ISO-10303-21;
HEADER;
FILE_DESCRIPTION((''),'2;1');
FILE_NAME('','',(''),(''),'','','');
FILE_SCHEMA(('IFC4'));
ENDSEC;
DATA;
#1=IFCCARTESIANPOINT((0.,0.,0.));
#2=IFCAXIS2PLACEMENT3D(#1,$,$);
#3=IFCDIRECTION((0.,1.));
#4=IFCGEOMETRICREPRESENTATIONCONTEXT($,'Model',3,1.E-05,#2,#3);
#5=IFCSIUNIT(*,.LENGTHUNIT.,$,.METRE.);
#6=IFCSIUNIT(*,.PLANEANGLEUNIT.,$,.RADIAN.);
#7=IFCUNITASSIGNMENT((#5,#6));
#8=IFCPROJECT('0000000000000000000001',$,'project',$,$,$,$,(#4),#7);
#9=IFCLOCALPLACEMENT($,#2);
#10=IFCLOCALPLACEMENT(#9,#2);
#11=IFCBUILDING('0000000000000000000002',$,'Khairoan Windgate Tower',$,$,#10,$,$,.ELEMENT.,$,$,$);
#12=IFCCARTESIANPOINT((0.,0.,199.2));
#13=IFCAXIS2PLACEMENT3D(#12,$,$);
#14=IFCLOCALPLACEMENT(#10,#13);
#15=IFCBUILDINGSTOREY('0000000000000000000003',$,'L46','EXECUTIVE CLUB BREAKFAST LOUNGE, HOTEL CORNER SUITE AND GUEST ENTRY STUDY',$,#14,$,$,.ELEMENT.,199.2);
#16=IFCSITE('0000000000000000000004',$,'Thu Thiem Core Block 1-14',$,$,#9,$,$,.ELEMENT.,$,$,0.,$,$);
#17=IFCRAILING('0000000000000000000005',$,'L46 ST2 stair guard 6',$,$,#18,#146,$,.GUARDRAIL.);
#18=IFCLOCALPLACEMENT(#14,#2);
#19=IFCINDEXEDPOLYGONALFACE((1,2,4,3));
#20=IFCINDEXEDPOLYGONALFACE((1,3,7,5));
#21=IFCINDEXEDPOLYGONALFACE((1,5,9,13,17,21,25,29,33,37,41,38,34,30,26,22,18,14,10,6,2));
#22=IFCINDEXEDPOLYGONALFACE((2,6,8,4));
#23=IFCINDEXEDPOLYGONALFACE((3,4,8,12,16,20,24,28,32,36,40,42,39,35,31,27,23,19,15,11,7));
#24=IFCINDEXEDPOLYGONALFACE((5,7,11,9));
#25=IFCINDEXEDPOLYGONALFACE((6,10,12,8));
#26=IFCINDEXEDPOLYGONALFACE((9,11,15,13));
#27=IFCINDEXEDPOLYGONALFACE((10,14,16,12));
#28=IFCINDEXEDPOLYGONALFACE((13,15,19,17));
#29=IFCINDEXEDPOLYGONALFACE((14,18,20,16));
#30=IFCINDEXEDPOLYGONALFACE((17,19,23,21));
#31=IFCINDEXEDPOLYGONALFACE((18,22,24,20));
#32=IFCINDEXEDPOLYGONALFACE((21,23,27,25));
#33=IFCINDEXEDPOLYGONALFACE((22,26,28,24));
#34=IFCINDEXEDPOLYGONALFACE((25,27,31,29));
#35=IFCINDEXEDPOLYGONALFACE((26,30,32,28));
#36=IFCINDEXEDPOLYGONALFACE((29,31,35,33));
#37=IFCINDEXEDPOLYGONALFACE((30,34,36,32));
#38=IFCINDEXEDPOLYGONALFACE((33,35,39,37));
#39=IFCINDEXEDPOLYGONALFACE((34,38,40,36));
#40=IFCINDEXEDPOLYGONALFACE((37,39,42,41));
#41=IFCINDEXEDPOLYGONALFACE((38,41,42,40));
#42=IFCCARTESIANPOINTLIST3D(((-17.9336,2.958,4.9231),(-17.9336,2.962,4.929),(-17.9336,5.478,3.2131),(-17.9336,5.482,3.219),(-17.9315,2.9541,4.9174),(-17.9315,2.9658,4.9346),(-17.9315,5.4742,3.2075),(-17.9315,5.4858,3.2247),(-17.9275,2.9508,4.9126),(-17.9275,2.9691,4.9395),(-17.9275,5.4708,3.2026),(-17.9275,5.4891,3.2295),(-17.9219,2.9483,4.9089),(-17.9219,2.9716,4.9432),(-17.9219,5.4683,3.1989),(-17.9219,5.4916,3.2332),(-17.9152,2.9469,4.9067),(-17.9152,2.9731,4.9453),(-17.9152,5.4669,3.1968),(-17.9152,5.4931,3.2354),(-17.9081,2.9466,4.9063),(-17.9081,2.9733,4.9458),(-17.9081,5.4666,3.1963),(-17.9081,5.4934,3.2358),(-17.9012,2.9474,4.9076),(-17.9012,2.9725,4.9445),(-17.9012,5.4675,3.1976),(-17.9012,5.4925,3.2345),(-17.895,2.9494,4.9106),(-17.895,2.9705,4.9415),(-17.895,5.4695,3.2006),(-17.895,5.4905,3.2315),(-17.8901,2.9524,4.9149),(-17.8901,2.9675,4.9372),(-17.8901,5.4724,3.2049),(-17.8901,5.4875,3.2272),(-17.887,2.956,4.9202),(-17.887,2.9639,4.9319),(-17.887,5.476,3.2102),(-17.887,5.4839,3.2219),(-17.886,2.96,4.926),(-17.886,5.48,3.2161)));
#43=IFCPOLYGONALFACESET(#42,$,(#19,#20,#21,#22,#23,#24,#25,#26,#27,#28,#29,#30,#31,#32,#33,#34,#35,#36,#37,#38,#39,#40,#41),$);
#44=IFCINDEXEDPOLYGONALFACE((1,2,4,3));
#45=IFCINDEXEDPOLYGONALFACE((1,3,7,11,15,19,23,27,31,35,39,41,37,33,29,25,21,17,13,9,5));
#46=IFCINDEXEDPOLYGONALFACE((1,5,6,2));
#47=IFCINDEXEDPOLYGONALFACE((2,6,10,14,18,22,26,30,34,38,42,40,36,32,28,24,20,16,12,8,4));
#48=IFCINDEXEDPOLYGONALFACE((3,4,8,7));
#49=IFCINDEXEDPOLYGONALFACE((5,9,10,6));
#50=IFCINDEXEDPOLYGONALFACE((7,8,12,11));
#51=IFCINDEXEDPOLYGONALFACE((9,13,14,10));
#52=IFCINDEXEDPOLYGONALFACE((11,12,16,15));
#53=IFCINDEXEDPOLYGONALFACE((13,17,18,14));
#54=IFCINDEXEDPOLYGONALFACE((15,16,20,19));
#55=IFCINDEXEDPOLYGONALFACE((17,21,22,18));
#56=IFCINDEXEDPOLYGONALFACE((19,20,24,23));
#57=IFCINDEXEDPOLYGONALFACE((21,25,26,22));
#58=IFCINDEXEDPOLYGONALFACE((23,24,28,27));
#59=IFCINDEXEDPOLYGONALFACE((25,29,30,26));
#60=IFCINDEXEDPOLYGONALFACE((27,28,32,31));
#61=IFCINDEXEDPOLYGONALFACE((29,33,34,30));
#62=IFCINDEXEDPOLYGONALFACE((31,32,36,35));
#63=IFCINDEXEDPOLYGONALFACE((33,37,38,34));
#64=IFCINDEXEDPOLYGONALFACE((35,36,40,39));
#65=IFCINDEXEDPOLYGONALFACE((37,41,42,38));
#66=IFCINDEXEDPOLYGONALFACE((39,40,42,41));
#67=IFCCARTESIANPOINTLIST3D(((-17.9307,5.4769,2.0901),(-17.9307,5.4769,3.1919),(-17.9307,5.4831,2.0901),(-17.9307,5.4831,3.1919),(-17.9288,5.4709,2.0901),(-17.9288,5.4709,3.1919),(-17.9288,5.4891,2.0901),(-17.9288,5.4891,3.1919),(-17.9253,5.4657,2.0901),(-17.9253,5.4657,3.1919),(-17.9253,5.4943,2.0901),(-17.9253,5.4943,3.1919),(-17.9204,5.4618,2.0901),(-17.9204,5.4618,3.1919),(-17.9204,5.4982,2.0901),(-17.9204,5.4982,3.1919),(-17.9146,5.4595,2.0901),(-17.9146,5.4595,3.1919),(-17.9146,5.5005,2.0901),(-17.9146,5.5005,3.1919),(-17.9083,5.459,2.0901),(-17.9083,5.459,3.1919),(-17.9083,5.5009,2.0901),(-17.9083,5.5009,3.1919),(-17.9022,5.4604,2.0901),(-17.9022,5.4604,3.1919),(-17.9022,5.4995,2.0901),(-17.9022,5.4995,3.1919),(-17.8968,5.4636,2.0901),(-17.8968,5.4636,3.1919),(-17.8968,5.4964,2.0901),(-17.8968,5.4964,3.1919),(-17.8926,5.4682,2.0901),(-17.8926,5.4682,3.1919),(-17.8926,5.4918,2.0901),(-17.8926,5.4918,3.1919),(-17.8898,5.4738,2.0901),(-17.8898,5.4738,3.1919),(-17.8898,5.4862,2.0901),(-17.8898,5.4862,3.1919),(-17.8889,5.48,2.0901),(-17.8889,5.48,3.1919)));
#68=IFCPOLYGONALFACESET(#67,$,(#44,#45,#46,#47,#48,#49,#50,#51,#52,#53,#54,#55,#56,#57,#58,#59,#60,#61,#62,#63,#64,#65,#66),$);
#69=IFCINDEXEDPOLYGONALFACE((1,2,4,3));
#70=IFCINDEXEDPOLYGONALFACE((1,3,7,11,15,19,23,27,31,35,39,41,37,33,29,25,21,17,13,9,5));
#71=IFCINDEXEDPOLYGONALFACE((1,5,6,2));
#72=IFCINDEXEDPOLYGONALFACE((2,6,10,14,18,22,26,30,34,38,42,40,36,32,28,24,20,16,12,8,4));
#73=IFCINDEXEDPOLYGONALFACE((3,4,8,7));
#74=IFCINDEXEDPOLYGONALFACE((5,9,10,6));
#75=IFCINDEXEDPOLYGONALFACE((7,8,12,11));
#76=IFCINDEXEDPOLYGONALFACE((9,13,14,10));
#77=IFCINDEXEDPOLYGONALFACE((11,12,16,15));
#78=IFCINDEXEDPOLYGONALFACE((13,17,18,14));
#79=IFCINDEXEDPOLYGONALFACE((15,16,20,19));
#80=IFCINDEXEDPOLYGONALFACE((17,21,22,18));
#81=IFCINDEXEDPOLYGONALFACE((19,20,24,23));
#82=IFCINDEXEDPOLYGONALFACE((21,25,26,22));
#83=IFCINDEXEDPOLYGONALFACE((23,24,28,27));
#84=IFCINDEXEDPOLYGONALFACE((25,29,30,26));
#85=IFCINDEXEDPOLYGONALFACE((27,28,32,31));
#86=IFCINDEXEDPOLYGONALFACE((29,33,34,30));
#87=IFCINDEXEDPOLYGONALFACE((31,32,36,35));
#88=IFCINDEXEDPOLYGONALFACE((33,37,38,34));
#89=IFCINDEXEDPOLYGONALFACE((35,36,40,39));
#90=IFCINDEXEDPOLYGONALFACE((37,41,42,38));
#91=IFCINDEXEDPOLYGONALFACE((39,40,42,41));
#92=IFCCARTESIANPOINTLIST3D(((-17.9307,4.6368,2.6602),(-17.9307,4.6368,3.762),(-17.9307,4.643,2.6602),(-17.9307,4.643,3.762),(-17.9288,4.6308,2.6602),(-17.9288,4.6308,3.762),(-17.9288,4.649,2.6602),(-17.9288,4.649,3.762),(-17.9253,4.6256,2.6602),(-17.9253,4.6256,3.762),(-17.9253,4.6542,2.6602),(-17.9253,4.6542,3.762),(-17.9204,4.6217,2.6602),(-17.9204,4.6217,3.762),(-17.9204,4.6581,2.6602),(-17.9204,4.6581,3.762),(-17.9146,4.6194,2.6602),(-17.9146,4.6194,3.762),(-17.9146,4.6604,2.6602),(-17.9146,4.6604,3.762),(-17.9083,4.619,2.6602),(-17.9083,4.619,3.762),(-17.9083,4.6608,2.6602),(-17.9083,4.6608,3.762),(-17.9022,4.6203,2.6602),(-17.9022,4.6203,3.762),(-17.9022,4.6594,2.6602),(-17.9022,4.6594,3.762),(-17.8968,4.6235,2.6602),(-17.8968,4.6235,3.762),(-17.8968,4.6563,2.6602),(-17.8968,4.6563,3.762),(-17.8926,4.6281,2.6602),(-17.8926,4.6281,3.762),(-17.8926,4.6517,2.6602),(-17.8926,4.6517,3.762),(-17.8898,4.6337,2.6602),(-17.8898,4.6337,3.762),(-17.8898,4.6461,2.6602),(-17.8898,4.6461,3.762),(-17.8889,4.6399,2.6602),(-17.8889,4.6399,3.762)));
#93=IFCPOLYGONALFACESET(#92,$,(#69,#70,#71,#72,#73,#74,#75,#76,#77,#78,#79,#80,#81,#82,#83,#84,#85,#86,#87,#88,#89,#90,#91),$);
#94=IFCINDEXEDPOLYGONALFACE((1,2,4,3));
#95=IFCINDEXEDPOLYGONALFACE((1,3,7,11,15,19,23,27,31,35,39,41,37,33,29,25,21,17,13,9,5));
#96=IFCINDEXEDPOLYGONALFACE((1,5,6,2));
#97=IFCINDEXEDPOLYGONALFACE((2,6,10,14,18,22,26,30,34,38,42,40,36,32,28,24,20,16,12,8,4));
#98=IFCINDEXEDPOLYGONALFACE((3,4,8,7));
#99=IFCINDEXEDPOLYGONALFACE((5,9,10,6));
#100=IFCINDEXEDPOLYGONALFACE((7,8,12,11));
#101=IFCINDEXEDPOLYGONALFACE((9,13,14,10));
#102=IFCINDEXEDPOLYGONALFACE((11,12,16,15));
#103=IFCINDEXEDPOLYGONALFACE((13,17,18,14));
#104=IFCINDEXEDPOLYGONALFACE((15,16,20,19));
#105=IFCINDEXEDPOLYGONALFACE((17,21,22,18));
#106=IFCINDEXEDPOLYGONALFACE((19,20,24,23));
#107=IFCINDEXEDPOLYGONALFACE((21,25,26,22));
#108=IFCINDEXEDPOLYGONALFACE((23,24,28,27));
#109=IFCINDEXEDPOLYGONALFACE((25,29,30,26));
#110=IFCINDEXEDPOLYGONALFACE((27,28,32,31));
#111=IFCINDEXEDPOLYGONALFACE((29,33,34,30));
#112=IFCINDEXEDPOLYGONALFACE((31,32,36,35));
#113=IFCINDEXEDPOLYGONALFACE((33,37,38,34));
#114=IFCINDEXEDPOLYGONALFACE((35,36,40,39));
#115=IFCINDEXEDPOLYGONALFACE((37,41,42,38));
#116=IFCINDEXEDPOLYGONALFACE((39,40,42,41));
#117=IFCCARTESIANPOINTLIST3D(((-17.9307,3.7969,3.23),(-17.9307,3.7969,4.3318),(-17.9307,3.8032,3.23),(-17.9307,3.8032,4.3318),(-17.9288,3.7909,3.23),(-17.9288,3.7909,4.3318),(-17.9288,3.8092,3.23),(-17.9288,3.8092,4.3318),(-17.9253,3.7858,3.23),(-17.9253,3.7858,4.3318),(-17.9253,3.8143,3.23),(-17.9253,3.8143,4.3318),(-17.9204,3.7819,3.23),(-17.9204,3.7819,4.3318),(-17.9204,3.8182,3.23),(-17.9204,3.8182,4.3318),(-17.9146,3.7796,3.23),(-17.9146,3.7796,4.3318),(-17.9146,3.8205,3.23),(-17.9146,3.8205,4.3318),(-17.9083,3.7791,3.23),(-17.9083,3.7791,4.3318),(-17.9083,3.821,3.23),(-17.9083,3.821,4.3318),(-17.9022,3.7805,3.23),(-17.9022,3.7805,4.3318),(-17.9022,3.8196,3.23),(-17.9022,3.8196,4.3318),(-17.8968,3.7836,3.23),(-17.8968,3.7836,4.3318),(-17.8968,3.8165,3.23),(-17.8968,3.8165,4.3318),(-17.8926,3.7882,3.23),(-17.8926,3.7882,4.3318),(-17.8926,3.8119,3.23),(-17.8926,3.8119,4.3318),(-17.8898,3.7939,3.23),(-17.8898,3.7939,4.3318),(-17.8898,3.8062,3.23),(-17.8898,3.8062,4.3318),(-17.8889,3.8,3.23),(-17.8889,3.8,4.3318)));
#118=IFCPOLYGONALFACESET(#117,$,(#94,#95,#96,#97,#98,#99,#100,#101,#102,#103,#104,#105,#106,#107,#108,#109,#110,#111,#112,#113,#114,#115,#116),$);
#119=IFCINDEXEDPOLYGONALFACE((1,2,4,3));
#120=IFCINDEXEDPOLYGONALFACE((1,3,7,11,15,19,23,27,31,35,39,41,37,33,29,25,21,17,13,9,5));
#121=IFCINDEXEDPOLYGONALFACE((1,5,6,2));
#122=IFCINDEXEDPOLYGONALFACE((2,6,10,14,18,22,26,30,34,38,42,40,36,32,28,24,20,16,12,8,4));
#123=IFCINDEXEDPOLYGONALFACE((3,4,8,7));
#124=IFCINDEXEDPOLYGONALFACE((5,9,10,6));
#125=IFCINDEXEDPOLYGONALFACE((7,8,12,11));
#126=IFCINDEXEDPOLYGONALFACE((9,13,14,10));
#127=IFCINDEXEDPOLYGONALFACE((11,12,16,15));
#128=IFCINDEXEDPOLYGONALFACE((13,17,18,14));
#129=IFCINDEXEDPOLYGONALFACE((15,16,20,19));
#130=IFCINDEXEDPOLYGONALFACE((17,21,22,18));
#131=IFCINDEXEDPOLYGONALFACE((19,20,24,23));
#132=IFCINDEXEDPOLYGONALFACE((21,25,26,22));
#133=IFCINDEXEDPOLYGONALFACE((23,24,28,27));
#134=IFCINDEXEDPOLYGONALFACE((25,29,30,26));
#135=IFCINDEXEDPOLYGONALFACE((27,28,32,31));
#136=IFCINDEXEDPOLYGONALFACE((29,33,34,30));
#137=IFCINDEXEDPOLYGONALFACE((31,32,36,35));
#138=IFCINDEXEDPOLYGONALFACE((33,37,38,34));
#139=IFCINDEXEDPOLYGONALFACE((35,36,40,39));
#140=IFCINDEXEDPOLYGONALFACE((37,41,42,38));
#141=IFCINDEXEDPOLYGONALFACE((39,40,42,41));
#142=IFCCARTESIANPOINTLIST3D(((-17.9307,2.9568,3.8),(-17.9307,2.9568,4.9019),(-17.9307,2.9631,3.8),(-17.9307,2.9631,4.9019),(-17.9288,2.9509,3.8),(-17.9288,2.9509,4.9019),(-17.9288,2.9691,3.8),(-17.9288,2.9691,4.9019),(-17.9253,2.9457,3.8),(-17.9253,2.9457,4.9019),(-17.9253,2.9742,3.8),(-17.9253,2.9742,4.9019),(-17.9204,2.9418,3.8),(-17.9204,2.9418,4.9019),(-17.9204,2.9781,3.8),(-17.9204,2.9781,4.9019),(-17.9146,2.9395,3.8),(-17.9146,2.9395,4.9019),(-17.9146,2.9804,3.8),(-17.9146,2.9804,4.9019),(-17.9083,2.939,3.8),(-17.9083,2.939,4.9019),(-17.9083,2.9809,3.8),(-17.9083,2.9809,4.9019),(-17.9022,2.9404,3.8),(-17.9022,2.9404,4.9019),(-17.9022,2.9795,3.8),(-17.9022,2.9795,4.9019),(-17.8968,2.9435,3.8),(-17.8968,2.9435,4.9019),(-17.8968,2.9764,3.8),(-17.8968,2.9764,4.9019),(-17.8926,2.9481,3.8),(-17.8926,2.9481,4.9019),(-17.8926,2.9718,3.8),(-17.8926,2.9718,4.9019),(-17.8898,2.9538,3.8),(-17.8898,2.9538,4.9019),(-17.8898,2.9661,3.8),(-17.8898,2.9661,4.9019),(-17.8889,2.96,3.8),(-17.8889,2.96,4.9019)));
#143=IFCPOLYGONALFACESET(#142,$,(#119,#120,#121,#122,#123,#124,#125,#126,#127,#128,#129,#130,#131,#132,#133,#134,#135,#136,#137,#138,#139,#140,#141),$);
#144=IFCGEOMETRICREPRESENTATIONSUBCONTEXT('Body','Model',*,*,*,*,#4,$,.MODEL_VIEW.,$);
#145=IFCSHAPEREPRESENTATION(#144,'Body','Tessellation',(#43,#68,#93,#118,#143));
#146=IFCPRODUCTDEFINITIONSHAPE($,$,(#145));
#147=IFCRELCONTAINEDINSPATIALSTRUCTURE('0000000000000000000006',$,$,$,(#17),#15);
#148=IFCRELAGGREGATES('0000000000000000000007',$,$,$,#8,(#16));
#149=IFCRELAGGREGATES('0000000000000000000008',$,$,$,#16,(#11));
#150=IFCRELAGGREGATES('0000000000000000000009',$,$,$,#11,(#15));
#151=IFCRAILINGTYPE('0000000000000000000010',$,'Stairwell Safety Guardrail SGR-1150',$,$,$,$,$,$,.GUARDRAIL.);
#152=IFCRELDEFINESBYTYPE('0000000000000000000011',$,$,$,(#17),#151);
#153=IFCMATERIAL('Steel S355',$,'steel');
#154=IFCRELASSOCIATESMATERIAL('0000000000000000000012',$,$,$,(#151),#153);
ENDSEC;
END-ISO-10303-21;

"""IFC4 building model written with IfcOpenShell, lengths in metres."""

from ifc_helpers import new_model, si_unit, direction, frame, origin, origin_2d, place, context, subcontext, project, spatial, circle, extrude, material, type_object, element, save


model = new_model("IFC4")

# Units and contexts
model_context = context("Model", 3, precision=1e-05, world=origin(), true_north=direction((0.0, 1.0)))
body_context = subcontext(model_context, "Body", "Model", "MODEL_VIEW")
ifc_project = project(units=[si_unit("LENGTHUNIT", "METRE"), si_unit("PLANEANGLEUNIT", "RADIAN")], contexts=[model_context])

# Site, building, storey
site_placement = place(None, origin())
site = spatial("IfcSite", under=ifc_project, at=site_placement, Name="Thu Thiem Core Block 1-14", CompositionType="ELEMENT", RefElevation=0.0)
building_placement = place(site_placement, origin())
building = spatial("IfcBuilding", under=site, at=building_placement, Name="Khairoan Windgate Tower", CompositionType="ELEMENT")
storey_placement = place(building_placement, frame((0.0, 0.0, 199.2)))
storey = spatial("IfcBuildingStorey", under=building, at=storey_placement, Name="L46", Description="EXECUTIVE CLUB BREAKFAST LOUNGE, HOTEL CORNER SUITE AND GUEST ENTRY STUDY", CompositionType="ELEMENT", Elevation=199.2)

# Railing
ifc_material_1 = material(Name="Steel S355", Category="steel")
railing_type_1 = type_object("IfcRailingType", Name="Stairwell Safety Guardrail SGR-1150", PredefinedType="GUARDRAIL", material=ifc_material_1)
railing_1_placement = place(storey_placement, frame((-17.9099, 5.48, 2.0901)))
element("IfcRailing", 1, at=railing_1_placement, inside=storey, type_object=railing_type_1, Name="L46 ST2 stair guard 6", PredefinedType="GUARDRAIL", context=body_context, shape_type="SweptSolid", body=[
    extrude(circle(Radius=0.0239, at=origin_2d()), frame((0.0, 0.0, 1.126), z_axis=(0.0, -0.827484, 0.56149), x_axis=(1.0, 0.0, 0.0)), (0.0, 0.0, 1.0), 3.0454),
    extrude(circle(Radius=0.021, at=origin_2d()), origin(), (0.0, 0.0, 1.0), 1.1018),
    extrude(circle(Radius=0.021, at=origin_2d()), frame((0.0, -0.8401, 0.5701)), (0.0, 0.0, 1.0), 1.1018),
    extrude(circle(Radius=0.021, at=origin_2d()), frame((0.0, -1.6799, 1.1399)), (0.0, 0.0, 1.0), 1.1018),
    extrude(circle(Radius=0.021, at=origin_2d()), frame((0.0, -2.52, 1.71)), (0.0, 0.0, 1.0), 1.1018),
])

save(model, "model.ifc")
